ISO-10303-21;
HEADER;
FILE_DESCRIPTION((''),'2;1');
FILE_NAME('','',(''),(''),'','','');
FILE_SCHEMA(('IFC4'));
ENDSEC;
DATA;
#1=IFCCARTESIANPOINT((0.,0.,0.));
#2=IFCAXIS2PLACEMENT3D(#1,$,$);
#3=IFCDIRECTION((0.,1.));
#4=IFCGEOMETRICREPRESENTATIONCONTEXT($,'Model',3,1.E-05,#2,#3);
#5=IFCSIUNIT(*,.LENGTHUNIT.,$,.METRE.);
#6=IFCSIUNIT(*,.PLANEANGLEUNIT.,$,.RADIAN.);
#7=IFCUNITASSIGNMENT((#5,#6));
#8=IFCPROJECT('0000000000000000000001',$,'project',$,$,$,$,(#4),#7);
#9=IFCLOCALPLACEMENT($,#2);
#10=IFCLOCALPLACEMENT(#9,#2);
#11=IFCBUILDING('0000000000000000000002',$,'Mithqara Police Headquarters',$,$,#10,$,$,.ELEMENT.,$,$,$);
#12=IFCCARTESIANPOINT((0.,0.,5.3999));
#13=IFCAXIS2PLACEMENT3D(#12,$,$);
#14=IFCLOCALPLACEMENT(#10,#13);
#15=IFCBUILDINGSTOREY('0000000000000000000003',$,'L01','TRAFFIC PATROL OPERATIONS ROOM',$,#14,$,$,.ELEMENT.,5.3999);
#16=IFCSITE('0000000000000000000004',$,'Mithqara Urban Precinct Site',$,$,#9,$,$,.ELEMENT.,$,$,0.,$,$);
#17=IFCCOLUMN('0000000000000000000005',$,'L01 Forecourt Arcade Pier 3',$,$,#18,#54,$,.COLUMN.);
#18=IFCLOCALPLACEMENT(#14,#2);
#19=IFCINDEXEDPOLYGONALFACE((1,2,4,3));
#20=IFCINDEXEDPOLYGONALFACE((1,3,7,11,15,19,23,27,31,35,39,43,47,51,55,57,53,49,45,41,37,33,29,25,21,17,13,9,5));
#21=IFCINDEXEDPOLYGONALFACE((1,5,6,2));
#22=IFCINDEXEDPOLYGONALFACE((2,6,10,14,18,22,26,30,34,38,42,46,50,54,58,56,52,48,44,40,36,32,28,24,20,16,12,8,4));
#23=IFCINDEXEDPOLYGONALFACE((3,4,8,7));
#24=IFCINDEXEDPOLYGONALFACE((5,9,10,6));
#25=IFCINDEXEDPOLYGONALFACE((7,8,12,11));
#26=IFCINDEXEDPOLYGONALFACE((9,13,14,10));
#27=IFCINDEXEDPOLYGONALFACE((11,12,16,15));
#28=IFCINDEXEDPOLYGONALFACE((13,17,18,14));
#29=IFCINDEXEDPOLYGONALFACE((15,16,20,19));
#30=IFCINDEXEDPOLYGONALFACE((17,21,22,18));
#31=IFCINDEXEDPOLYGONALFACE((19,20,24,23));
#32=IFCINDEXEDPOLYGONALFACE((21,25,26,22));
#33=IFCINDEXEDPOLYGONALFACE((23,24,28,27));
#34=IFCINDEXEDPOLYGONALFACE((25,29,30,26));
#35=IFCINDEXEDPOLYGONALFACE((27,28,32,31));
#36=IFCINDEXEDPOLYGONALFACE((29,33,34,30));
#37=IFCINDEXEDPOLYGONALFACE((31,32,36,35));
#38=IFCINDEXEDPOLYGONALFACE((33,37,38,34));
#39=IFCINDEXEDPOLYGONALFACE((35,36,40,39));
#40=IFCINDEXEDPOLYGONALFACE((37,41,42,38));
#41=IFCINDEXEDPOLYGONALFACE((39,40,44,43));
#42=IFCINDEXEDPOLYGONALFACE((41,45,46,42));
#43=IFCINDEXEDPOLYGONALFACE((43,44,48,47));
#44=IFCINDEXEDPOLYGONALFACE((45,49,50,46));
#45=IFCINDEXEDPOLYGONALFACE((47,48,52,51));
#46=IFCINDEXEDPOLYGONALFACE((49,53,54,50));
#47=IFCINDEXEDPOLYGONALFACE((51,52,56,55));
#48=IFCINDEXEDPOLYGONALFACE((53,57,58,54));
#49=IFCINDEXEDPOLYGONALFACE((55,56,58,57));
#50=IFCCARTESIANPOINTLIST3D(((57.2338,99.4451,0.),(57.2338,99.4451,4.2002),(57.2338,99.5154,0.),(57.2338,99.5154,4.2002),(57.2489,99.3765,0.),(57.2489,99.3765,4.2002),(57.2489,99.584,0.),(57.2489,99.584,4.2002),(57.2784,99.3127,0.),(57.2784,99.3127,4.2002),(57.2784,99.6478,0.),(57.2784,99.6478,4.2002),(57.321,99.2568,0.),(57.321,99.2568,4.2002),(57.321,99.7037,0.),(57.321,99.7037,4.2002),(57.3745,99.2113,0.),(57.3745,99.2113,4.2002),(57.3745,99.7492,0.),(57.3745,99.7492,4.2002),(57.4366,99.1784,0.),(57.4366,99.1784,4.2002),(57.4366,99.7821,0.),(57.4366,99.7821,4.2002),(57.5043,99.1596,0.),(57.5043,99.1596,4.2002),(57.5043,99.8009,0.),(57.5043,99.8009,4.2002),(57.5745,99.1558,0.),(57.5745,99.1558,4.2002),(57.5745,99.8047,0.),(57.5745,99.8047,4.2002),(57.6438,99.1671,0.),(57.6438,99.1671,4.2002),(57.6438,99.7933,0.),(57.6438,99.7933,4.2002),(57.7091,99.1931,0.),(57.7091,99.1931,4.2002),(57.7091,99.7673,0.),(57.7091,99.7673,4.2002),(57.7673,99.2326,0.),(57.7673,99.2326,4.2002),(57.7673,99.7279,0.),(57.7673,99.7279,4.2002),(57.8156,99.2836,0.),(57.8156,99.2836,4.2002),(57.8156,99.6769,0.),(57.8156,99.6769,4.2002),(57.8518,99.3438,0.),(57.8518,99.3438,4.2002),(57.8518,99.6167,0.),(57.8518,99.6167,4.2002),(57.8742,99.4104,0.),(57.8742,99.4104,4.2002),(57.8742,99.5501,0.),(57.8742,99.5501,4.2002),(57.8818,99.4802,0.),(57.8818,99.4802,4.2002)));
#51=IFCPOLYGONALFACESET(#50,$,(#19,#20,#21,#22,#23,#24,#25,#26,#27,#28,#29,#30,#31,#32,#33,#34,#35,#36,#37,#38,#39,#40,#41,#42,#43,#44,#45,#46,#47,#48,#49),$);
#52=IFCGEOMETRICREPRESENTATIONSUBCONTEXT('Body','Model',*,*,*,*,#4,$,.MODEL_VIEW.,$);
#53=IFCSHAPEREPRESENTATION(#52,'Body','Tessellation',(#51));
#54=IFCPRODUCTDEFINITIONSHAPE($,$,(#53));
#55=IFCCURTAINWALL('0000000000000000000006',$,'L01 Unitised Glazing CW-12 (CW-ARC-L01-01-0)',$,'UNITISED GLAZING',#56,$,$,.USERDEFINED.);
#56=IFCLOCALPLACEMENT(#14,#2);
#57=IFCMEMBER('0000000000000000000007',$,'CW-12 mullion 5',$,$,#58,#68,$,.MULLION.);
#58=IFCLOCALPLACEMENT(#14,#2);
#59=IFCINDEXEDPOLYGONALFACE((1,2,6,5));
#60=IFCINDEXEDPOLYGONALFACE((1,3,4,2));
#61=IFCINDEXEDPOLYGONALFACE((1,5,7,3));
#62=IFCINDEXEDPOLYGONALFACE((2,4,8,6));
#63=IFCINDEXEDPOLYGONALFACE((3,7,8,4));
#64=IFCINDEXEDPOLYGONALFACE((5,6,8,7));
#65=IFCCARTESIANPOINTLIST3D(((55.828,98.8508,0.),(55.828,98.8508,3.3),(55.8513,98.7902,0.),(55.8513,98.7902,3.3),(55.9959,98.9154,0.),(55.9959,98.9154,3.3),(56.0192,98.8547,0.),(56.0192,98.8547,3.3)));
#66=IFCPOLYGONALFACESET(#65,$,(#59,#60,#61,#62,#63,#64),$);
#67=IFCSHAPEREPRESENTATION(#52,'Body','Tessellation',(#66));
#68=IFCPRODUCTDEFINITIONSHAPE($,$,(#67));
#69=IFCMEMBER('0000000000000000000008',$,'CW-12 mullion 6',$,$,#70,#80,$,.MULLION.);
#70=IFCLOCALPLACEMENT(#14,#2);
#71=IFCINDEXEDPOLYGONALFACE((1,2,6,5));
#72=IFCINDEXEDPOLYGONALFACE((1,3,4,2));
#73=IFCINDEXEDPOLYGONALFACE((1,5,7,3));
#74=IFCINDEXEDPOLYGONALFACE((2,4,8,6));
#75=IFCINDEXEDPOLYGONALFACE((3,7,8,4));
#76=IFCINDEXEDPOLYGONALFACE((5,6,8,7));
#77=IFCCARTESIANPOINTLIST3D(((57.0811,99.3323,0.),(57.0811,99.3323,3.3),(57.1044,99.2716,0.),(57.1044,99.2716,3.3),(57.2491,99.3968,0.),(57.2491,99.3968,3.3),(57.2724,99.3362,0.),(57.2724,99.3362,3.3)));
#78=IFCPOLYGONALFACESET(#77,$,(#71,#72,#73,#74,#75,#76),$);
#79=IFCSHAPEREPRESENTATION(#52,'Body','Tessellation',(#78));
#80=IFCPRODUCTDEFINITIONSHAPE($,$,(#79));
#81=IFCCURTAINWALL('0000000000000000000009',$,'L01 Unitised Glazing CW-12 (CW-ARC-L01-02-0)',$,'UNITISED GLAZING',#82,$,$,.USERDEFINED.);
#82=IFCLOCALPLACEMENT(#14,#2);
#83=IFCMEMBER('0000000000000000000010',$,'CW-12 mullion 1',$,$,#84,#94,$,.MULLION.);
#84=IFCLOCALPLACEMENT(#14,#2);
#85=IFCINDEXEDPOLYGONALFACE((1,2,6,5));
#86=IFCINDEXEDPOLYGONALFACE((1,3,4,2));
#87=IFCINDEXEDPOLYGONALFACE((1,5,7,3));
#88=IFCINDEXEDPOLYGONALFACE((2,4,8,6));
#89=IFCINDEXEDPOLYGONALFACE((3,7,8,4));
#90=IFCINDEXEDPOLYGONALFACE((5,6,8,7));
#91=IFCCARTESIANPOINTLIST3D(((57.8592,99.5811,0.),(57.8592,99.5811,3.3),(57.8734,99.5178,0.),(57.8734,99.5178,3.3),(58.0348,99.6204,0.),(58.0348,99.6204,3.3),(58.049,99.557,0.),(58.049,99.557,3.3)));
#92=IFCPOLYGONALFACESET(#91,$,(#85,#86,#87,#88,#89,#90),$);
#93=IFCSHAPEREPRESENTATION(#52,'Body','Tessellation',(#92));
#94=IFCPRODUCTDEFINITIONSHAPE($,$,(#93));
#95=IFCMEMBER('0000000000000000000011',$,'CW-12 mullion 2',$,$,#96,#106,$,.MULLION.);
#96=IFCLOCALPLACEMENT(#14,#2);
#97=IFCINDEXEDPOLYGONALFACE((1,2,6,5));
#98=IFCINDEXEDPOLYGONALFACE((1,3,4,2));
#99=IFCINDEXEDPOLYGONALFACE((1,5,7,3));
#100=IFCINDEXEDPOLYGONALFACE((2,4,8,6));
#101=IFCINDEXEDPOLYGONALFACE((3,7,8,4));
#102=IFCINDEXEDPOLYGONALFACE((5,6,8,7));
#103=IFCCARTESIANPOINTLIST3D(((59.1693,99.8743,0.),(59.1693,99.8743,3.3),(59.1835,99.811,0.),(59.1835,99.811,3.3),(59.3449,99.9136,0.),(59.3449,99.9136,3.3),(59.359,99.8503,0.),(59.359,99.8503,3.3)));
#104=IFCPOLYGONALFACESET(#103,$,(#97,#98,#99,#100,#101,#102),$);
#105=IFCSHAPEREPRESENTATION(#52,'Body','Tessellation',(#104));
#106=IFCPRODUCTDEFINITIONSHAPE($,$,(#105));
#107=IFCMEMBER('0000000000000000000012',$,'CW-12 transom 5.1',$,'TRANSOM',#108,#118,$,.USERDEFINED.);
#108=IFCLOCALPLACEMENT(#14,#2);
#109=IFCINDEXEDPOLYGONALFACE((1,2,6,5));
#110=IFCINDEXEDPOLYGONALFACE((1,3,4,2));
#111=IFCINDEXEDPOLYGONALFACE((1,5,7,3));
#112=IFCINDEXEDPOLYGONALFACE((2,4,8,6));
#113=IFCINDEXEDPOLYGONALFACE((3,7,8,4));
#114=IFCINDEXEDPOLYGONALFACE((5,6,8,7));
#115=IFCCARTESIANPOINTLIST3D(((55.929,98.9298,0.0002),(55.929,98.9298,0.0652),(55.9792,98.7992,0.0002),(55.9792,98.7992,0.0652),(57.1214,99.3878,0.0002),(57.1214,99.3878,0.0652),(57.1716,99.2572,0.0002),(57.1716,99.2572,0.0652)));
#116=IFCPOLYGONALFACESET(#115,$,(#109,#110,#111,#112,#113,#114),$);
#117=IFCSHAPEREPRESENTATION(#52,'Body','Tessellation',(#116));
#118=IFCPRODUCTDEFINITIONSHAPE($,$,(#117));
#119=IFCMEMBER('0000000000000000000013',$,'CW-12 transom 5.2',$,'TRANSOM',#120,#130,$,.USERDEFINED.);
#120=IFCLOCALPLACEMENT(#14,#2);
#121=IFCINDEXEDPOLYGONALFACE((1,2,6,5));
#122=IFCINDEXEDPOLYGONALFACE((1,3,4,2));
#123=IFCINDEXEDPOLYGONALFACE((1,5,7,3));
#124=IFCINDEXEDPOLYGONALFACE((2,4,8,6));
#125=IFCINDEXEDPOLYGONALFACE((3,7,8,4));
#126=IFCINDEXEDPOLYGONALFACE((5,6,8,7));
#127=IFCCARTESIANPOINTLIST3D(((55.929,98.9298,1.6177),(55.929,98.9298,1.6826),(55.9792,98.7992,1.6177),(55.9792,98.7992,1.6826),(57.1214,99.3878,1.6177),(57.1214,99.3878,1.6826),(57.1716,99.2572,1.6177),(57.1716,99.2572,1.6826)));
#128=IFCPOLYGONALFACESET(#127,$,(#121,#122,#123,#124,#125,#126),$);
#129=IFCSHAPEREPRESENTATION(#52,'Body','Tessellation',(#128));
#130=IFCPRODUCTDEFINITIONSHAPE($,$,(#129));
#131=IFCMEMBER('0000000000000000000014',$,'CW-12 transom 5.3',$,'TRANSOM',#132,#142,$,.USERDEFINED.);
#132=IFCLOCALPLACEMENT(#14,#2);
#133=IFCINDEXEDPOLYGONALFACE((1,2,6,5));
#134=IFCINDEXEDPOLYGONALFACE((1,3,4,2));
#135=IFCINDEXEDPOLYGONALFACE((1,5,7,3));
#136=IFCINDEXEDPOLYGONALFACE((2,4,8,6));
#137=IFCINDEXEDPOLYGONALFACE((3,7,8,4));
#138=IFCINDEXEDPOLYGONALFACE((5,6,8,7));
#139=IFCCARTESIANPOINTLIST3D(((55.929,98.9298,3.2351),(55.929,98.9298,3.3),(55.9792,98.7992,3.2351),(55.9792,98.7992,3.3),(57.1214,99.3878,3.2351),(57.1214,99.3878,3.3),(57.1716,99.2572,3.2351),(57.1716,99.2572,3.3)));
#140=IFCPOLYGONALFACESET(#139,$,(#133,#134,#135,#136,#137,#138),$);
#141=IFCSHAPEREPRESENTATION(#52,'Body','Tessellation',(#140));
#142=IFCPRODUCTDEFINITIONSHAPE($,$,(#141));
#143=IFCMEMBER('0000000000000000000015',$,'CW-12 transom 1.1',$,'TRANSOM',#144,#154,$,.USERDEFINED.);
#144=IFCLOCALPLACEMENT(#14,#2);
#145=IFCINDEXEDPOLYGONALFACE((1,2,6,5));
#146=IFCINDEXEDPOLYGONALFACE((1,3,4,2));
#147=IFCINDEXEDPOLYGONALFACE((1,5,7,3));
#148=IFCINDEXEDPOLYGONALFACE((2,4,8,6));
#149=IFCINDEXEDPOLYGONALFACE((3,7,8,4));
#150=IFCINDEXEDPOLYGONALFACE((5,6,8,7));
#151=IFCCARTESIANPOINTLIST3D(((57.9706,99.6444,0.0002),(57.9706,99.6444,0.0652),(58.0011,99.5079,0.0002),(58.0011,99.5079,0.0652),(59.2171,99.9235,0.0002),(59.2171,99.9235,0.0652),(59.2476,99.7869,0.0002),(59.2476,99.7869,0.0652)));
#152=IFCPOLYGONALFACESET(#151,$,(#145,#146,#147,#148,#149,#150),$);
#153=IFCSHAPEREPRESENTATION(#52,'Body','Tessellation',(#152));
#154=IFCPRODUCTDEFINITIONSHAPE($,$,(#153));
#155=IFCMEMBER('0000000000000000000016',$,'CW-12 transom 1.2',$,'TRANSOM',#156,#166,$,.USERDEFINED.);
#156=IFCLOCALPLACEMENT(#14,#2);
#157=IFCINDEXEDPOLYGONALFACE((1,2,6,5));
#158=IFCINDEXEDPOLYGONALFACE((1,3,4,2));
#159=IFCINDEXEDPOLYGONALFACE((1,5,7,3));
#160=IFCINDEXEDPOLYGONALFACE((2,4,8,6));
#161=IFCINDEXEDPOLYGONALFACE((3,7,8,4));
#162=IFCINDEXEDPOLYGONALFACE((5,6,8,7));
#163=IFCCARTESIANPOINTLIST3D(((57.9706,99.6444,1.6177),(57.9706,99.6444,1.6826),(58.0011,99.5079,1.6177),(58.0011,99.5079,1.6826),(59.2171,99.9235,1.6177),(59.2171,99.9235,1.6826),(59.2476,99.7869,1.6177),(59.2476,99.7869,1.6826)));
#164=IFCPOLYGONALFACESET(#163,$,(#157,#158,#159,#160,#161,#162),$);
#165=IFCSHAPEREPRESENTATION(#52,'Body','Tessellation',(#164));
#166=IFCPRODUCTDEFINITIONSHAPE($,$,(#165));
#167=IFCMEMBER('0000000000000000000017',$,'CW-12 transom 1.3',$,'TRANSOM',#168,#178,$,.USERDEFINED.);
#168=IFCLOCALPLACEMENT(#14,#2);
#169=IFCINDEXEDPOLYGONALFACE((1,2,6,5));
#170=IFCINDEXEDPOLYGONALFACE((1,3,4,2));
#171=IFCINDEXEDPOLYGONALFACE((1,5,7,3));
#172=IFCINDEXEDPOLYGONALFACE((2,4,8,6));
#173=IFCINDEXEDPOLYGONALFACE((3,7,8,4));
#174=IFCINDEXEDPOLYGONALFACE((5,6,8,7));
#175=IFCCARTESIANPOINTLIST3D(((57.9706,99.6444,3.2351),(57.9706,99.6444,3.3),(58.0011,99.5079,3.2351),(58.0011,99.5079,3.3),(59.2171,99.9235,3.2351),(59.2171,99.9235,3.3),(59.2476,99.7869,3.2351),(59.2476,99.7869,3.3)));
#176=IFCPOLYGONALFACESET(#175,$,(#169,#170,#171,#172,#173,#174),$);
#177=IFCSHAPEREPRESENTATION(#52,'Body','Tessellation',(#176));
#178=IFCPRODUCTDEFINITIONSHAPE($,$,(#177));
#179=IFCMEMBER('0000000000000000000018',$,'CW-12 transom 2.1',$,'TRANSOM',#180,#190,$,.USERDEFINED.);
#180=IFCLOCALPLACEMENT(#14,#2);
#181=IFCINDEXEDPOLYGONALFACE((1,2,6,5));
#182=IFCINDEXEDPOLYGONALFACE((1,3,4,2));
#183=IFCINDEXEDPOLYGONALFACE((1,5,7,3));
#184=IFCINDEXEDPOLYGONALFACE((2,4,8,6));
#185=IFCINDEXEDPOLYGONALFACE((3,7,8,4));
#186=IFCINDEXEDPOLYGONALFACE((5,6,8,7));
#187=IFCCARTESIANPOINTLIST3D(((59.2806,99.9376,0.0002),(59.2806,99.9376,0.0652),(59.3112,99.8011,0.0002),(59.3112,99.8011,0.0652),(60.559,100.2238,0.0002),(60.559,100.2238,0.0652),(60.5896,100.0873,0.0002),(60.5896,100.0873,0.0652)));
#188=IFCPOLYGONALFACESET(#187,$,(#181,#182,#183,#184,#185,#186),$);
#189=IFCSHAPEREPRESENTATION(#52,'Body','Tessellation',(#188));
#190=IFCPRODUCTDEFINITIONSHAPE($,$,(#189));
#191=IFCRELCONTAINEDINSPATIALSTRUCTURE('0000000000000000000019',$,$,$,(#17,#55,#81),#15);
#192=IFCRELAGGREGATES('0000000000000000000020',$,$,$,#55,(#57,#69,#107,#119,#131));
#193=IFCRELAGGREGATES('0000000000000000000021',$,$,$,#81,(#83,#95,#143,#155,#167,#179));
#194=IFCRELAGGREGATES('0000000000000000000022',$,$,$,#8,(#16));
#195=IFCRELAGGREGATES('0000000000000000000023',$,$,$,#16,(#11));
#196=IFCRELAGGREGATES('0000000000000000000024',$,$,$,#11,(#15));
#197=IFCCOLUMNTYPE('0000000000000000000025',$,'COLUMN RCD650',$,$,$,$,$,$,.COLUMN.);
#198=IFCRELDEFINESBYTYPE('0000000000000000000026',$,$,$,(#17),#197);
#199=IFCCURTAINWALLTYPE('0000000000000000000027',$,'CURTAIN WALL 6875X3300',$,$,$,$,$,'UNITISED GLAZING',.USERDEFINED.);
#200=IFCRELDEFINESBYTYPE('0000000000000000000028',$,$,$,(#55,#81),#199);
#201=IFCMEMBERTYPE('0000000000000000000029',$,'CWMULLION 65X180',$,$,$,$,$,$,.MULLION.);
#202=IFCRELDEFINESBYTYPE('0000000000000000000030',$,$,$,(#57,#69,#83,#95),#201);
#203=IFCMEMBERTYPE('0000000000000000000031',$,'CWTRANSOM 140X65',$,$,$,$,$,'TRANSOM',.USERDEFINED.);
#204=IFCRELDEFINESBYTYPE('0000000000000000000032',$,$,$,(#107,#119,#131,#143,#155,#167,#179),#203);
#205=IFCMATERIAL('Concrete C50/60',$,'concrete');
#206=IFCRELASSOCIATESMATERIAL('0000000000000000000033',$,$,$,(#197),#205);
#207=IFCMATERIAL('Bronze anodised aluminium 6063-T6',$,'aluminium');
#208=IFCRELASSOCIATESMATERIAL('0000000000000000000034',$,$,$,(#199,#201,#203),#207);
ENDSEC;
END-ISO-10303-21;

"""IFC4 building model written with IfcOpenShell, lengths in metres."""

from ifc_helpers import new_model, si_unit, direction, frame, origin, origin_2d, place, context, subcontext, project, spatial, rectangle, circle, extrude, material, material_profile, profile_set, type_object, element, aggregate, save


model = new_model("IFC4")

# Units and contexts
model_context = context("Model", 3, precision=1e-05, world=origin(), true_north=direction((0.0, 1.0)))
body_context = subcontext(model_context, "Body", "Model", "MODEL_VIEW")
ifc_project = project(units=[si_unit("LENGTHUNIT", "METRE"), si_unit("PLANEANGLEUNIT", "RADIAN")], contexts=[model_context])

# Site, building, storey
site_placement = place(None, origin())
site = spatial("IfcSite", under=ifc_project, at=site_placement, Name="Mithqara Urban Precinct Site", CompositionType="ELEMENT", RefElevation=0.0)
building_placement = place(site_placement, origin())
building = spatial("IfcBuilding", under=site, at=building_placement, Name="Mithqara Police Headquarters", CompositionType="ELEMENT")
storey_placement = place(building_placement, frame((0.0, 0.0, 5.3999)))
storey = spatial("IfcBuildingStorey", under=building, at=storey_placement, Name="L01", Description="TRAFFIC PATROL OPERATIONS ROOM", CompositionType="ELEMENT", Elevation=5.3999)

# Column
ifc_material_1 = material(Name="Concrete C50/60", Category="concrete")
ifc_material_profile_1 = material_profile(ifc_material_1, circle(Radius=0.325, at=origin_2d()), Name="RCD 650")
ifc_profile_set_1 = profile_set([ifc_material_profile_1], Name="Concrete C50/60")
column_type = type_object("IfcColumnType", Name="COLUMN RCD650", PredefinedType="COLUMN", material=ifc_profile_set_1)
column_placement = place(storey_placement, frame((57.5569, 99.4802, 0.0), z_axis=(0.0, 0.0, 1.0), x_axis=(1.0, 0.0, 0.0)))
element("IfcColumn", 1, at=column_placement, inside=storey, type_object=column_type, Name="L01 Forecourt Arcade Pier 3", PredefinedType="COLUMN", context=body_context, shape_type="SweptSolid", body=[
    extrude(circle(Radius=0.325, at=origin_2d()), origin(), (0.0, 0.0, 1.0), 4.2002),
])

# Curtain walls, members
ifc_material_2 = material(Name="Bronze anodised aluminium 6063-T6", Category="aluminium")
curtain_wall_type = type_object("IfcCurtainWallType", Name="CURTAIN WALL 6875X3300", ElementType="UNITISED GLAZING", PredefinedType="USERDEFINED", material=ifc_material_2)
curtain_wall_1_placement = place(storey_placement, origin())
curtain_wall_1 = element("IfcCurtainWall", 2, at=curtain_wall_1_placement, inside=storey, type_object=curtain_wall_type, Name="L01 Unitised Glazing CW-12 (CW-ARC-L01-01-0)", ObjectType="UNITISED GLAZING", PredefinedType="USERDEFINED")
ifc_material_profile_2 = material_profile(ifc_material_2, rectangle(XDim=0.0649, YDim=0.1799, at=origin_2d()), Name="CWM 65x180")
ifc_profile_set_2 = profile_set([ifc_material_profile_2], Name="Bronze anodised aluminium 6063-T6")
member_type_1 = type_object("IfcMemberType", Name="CWMULLION 65X180", PredefinedType="MULLION", material=ifc_profile_set_2)
member_1_placement = place(storey_placement, frame((55.9236, 98.8528, 0.0), z_axis=(0.0, 0.0, 1.0), x_axis=(-0.358681, 0.93346, 0.0)))
member_1 = element("IfcMember", 3, at=member_1_placement, type_object=member_type_1, Name="CW-12 mullion 5", PredefinedType="MULLION", context=body_context, shape_type="SweptSolid", body=[
    extrude(rectangle(XDim=0.0649, YDim=0.1799, at=origin_2d()), origin(), (0.0, 0.0, 1.0), 3.3),
])
member_2_placement = place(storey_placement, frame((57.1768, 99.3342, 0.0), z_axis=(0.0, 0.0, 1.0), x_axis=(-0.358681, 0.93346, 0.0)))
member_2 = element("IfcMember", 4, at=member_2_placement, type_object=member_type_1, Name="CW-12 mullion 6", PredefinedType="MULLION", context=body_context, shape_type="SweptSolid", body=[
    extrude(rectangle(XDim=0.0649, YDim=0.1799, at=origin_2d()), origin(), (0.0, 0.0, 1.0), 3.3),
])
curtain_wall_2_placement = place(storey_placement, origin())
curtain_wall_2 = element("IfcCurtainWall", 5, at=curtain_wall_2_placement, inside=storey, type_object=curtain_wall_type, Name="L01 Unitised Glazing CW-12 (CW-ARC-L01-02-0)", ObjectType="UNITISED GLAZING", PredefinedType="USERDEFINED")
member_3_placement = place(storey_placement, frame((57.9541, 99.5691, 0.0), z_axis=(0.0, 0.0, 1.0), x_axis=(-0.218341, 0.975873, 0.0)))
member_3 = element("IfcMember", 6, at=member_3_placement, type_object=member_type_1, Name="CW-12 mullion 1", PredefinedType="MULLION", context=body_context, shape_type="SweptSolid", body=[
    extrude(rectangle(XDim=0.0649, YDim=0.1799, at=origin_2d()), origin(), (0.0, 0.0, 1.0), 3.3),
])
member_4_placement = place(storey_placement, frame((59.2642, 99.8623, 0.0), z_axis=(0.0, 0.0, 1.0), x_axis=(-0.218341, 0.975873, 0.0)))
member_4 = element("IfcMember", 7, at=member_4_placement, type_object=member_type_1, Name="CW-12 mullion 2", PredefinedType="MULLION", context=body_context, shape_type="SweptSolid", body=[
    extrude(rectangle(XDim=0.0649, YDim=0.1799, at=origin_2d()), origin(), (0.0, 0.0, 1.0), 3.3),
])

# Members
ifc_material_profile_3 = material_profile(ifc_material_2, rectangle(XDim=0.1399, YDim=0.0649, at=origin_2d()), Name="CWT 140x65")
ifc_profile_set_3 = profile_set([ifc_material_profile_3], Name="Bronze anodised aluminium 6063-T6")
member_type_2 = type_object("IfcMemberType", Name="CWTRANSOM 140X65", ElementType="TRANSOM", PredefinedType="USERDEFINED", material=ifc_profile_set_3)
member_5_placement = place(storey_placement, frame((55.9541, 98.8645, 0.0327), z_axis=(0.933503, 0.358569, 0.0), x_axis=(-0.358569, 0.933503, 0.0)))
member_5 = element("IfcMember", 8, at=member_5_placement, type_object=member_type_2, Name="CW-12 transom 5.1", ObjectType="TRANSOM", PredefinedType="USERDEFINED", context=body_context, shape_type="SweptSolid", body=[
    extrude(rectangle(XDim=0.1399, YDim=0.0649, at=origin_2d()), origin(), (0.0, 0.0, 1.0), 1.2773),
])
member_6_placement = place(storey_placement, frame((55.9541, 98.8645, 1.6501), z_axis=(0.933503, 0.358569, 0.0), x_axis=(-0.358569, 0.933503, 0.0)))
member_6 = element("IfcMember", 9, at=member_6_placement, type_object=member_type_2, Name="CW-12 transom 5.2", ObjectType="TRANSOM", PredefinedType="USERDEFINED", context=body_context, shape_type="SweptSolid", body=[
    extrude(rectangle(XDim=0.1399, YDim=0.0649, at=origin_2d()), origin(), (0.0, 0.0, 1.0), 1.2773),
])
member_7_placement = place(storey_placement, frame((55.9541, 98.8645, 3.2676), z_axis=(0.933503, 0.358569, 0.0), x_axis=(-0.358569, 0.933503, 0.0)))
member_7 = element("IfcMember", 10, at=member_7_placement, type_object=member_type_2, Name="CW-12 transom 5.3", ObjectType="TRANSOM", PredefinedType="USERDEFINED", context=body_context, shape_type="SweptSolid", body=[
    extrude(rectangle(XDim=0.1399, YDim=0.0649, at=origin_2d()), origin(), (0.0, 0.0, 1.0), 1.2773),
])
member_8_placement = place(storey_placement, frame((57.9858, 99.5762, 0.0327), z_axis=(0.975849, 0.218448, 0.0), x_axis=(-0.218448, 0.975849, 0.0)))
member_8 = element("IfcMember", 11, at=member_8_placement, type_object=member_type_2, Name="CW-12 transom 1.1", ObjectType="TRANSOM", PredefinedType="USERDEFINED", context=body_context, shape_type="SweptSolid", body=[
    extrude(rectangle(XDim=0.1399, YDim=0.0649, at=origin_2d()), origin(), (0.0, 0.0, 1.0), 1.2773),
])
member_9_placement = place(storey_placement, frame((57.9858, 99.5762, 1.6501), z_axis=(0.975849, 0.218448, 0.0), x_axis=(-0.218448, 0.975849, 0.0)))
member_9 = element("IfcMember", 12, at=member_9_placement, type_object=member_type_2, Name="CW-12 transom 1.2", ObjectType="TRANSOM", PredefinedType="USERDEFINED", context=body_context, shape_type="SweptSolid", body=[
    extrude(rectangle(XDim=0.1399, YDim=0.0649, at=origin_2d()), origin(), (0.0, 0.0, 1.0), 1.2773),
])
member_10_placement = place(storey_placement, frame((57.9858, 99.5762, 3.2676), z_axis=(0.975849, 0.218448, 0.0), x_axis=(-0.218448, 0.975849, 0.0)))
member_10 = element("IfcMember", 13, at=member_10_placement, type_object=member_type_2, Name="CW-12 transom 1.3", ObjectType="TRANSOM", PredefinedType="USERDEFINED", context=body_context, shape_type="SweptSolid", body=[
    extrude(rectangle(XDim=0.1399, YDim=0.0649, at=origin_2d()), origin(), (0.0, 0.0, 1.0), 1.2773),
])
member_11_placement = place(storey_placement, frame((59.2959, 99.8694, 0.0327), z_axis=(0.975853, 0.21843, 0.0), x_axis=(-0.21843, 0.975853, 0.0)))
member_11 = element("IfcMember", 14, at=member_11_placement, type_object=member_type_2, Name="CW-12 transom 2.1", ObjectType="TRANSOM", PredefinedType="USERDEFINED", context=body_context, shape_type="SweptSolid", body=[
    extrude(rectangle(XDim=0.1399, YDim=0.0649, at=origin_2d()), origin(), (0.0, 0.0, 1.0), 1.3101),
])

aggregate(curtain_wall_1, [member_1, member_2, member_5, member_6, member_7])
aggregate(curtain_wall_2, [member_3, member_4, member_8, member_9, member_10, member_11])

save(model, "model.ifc")
